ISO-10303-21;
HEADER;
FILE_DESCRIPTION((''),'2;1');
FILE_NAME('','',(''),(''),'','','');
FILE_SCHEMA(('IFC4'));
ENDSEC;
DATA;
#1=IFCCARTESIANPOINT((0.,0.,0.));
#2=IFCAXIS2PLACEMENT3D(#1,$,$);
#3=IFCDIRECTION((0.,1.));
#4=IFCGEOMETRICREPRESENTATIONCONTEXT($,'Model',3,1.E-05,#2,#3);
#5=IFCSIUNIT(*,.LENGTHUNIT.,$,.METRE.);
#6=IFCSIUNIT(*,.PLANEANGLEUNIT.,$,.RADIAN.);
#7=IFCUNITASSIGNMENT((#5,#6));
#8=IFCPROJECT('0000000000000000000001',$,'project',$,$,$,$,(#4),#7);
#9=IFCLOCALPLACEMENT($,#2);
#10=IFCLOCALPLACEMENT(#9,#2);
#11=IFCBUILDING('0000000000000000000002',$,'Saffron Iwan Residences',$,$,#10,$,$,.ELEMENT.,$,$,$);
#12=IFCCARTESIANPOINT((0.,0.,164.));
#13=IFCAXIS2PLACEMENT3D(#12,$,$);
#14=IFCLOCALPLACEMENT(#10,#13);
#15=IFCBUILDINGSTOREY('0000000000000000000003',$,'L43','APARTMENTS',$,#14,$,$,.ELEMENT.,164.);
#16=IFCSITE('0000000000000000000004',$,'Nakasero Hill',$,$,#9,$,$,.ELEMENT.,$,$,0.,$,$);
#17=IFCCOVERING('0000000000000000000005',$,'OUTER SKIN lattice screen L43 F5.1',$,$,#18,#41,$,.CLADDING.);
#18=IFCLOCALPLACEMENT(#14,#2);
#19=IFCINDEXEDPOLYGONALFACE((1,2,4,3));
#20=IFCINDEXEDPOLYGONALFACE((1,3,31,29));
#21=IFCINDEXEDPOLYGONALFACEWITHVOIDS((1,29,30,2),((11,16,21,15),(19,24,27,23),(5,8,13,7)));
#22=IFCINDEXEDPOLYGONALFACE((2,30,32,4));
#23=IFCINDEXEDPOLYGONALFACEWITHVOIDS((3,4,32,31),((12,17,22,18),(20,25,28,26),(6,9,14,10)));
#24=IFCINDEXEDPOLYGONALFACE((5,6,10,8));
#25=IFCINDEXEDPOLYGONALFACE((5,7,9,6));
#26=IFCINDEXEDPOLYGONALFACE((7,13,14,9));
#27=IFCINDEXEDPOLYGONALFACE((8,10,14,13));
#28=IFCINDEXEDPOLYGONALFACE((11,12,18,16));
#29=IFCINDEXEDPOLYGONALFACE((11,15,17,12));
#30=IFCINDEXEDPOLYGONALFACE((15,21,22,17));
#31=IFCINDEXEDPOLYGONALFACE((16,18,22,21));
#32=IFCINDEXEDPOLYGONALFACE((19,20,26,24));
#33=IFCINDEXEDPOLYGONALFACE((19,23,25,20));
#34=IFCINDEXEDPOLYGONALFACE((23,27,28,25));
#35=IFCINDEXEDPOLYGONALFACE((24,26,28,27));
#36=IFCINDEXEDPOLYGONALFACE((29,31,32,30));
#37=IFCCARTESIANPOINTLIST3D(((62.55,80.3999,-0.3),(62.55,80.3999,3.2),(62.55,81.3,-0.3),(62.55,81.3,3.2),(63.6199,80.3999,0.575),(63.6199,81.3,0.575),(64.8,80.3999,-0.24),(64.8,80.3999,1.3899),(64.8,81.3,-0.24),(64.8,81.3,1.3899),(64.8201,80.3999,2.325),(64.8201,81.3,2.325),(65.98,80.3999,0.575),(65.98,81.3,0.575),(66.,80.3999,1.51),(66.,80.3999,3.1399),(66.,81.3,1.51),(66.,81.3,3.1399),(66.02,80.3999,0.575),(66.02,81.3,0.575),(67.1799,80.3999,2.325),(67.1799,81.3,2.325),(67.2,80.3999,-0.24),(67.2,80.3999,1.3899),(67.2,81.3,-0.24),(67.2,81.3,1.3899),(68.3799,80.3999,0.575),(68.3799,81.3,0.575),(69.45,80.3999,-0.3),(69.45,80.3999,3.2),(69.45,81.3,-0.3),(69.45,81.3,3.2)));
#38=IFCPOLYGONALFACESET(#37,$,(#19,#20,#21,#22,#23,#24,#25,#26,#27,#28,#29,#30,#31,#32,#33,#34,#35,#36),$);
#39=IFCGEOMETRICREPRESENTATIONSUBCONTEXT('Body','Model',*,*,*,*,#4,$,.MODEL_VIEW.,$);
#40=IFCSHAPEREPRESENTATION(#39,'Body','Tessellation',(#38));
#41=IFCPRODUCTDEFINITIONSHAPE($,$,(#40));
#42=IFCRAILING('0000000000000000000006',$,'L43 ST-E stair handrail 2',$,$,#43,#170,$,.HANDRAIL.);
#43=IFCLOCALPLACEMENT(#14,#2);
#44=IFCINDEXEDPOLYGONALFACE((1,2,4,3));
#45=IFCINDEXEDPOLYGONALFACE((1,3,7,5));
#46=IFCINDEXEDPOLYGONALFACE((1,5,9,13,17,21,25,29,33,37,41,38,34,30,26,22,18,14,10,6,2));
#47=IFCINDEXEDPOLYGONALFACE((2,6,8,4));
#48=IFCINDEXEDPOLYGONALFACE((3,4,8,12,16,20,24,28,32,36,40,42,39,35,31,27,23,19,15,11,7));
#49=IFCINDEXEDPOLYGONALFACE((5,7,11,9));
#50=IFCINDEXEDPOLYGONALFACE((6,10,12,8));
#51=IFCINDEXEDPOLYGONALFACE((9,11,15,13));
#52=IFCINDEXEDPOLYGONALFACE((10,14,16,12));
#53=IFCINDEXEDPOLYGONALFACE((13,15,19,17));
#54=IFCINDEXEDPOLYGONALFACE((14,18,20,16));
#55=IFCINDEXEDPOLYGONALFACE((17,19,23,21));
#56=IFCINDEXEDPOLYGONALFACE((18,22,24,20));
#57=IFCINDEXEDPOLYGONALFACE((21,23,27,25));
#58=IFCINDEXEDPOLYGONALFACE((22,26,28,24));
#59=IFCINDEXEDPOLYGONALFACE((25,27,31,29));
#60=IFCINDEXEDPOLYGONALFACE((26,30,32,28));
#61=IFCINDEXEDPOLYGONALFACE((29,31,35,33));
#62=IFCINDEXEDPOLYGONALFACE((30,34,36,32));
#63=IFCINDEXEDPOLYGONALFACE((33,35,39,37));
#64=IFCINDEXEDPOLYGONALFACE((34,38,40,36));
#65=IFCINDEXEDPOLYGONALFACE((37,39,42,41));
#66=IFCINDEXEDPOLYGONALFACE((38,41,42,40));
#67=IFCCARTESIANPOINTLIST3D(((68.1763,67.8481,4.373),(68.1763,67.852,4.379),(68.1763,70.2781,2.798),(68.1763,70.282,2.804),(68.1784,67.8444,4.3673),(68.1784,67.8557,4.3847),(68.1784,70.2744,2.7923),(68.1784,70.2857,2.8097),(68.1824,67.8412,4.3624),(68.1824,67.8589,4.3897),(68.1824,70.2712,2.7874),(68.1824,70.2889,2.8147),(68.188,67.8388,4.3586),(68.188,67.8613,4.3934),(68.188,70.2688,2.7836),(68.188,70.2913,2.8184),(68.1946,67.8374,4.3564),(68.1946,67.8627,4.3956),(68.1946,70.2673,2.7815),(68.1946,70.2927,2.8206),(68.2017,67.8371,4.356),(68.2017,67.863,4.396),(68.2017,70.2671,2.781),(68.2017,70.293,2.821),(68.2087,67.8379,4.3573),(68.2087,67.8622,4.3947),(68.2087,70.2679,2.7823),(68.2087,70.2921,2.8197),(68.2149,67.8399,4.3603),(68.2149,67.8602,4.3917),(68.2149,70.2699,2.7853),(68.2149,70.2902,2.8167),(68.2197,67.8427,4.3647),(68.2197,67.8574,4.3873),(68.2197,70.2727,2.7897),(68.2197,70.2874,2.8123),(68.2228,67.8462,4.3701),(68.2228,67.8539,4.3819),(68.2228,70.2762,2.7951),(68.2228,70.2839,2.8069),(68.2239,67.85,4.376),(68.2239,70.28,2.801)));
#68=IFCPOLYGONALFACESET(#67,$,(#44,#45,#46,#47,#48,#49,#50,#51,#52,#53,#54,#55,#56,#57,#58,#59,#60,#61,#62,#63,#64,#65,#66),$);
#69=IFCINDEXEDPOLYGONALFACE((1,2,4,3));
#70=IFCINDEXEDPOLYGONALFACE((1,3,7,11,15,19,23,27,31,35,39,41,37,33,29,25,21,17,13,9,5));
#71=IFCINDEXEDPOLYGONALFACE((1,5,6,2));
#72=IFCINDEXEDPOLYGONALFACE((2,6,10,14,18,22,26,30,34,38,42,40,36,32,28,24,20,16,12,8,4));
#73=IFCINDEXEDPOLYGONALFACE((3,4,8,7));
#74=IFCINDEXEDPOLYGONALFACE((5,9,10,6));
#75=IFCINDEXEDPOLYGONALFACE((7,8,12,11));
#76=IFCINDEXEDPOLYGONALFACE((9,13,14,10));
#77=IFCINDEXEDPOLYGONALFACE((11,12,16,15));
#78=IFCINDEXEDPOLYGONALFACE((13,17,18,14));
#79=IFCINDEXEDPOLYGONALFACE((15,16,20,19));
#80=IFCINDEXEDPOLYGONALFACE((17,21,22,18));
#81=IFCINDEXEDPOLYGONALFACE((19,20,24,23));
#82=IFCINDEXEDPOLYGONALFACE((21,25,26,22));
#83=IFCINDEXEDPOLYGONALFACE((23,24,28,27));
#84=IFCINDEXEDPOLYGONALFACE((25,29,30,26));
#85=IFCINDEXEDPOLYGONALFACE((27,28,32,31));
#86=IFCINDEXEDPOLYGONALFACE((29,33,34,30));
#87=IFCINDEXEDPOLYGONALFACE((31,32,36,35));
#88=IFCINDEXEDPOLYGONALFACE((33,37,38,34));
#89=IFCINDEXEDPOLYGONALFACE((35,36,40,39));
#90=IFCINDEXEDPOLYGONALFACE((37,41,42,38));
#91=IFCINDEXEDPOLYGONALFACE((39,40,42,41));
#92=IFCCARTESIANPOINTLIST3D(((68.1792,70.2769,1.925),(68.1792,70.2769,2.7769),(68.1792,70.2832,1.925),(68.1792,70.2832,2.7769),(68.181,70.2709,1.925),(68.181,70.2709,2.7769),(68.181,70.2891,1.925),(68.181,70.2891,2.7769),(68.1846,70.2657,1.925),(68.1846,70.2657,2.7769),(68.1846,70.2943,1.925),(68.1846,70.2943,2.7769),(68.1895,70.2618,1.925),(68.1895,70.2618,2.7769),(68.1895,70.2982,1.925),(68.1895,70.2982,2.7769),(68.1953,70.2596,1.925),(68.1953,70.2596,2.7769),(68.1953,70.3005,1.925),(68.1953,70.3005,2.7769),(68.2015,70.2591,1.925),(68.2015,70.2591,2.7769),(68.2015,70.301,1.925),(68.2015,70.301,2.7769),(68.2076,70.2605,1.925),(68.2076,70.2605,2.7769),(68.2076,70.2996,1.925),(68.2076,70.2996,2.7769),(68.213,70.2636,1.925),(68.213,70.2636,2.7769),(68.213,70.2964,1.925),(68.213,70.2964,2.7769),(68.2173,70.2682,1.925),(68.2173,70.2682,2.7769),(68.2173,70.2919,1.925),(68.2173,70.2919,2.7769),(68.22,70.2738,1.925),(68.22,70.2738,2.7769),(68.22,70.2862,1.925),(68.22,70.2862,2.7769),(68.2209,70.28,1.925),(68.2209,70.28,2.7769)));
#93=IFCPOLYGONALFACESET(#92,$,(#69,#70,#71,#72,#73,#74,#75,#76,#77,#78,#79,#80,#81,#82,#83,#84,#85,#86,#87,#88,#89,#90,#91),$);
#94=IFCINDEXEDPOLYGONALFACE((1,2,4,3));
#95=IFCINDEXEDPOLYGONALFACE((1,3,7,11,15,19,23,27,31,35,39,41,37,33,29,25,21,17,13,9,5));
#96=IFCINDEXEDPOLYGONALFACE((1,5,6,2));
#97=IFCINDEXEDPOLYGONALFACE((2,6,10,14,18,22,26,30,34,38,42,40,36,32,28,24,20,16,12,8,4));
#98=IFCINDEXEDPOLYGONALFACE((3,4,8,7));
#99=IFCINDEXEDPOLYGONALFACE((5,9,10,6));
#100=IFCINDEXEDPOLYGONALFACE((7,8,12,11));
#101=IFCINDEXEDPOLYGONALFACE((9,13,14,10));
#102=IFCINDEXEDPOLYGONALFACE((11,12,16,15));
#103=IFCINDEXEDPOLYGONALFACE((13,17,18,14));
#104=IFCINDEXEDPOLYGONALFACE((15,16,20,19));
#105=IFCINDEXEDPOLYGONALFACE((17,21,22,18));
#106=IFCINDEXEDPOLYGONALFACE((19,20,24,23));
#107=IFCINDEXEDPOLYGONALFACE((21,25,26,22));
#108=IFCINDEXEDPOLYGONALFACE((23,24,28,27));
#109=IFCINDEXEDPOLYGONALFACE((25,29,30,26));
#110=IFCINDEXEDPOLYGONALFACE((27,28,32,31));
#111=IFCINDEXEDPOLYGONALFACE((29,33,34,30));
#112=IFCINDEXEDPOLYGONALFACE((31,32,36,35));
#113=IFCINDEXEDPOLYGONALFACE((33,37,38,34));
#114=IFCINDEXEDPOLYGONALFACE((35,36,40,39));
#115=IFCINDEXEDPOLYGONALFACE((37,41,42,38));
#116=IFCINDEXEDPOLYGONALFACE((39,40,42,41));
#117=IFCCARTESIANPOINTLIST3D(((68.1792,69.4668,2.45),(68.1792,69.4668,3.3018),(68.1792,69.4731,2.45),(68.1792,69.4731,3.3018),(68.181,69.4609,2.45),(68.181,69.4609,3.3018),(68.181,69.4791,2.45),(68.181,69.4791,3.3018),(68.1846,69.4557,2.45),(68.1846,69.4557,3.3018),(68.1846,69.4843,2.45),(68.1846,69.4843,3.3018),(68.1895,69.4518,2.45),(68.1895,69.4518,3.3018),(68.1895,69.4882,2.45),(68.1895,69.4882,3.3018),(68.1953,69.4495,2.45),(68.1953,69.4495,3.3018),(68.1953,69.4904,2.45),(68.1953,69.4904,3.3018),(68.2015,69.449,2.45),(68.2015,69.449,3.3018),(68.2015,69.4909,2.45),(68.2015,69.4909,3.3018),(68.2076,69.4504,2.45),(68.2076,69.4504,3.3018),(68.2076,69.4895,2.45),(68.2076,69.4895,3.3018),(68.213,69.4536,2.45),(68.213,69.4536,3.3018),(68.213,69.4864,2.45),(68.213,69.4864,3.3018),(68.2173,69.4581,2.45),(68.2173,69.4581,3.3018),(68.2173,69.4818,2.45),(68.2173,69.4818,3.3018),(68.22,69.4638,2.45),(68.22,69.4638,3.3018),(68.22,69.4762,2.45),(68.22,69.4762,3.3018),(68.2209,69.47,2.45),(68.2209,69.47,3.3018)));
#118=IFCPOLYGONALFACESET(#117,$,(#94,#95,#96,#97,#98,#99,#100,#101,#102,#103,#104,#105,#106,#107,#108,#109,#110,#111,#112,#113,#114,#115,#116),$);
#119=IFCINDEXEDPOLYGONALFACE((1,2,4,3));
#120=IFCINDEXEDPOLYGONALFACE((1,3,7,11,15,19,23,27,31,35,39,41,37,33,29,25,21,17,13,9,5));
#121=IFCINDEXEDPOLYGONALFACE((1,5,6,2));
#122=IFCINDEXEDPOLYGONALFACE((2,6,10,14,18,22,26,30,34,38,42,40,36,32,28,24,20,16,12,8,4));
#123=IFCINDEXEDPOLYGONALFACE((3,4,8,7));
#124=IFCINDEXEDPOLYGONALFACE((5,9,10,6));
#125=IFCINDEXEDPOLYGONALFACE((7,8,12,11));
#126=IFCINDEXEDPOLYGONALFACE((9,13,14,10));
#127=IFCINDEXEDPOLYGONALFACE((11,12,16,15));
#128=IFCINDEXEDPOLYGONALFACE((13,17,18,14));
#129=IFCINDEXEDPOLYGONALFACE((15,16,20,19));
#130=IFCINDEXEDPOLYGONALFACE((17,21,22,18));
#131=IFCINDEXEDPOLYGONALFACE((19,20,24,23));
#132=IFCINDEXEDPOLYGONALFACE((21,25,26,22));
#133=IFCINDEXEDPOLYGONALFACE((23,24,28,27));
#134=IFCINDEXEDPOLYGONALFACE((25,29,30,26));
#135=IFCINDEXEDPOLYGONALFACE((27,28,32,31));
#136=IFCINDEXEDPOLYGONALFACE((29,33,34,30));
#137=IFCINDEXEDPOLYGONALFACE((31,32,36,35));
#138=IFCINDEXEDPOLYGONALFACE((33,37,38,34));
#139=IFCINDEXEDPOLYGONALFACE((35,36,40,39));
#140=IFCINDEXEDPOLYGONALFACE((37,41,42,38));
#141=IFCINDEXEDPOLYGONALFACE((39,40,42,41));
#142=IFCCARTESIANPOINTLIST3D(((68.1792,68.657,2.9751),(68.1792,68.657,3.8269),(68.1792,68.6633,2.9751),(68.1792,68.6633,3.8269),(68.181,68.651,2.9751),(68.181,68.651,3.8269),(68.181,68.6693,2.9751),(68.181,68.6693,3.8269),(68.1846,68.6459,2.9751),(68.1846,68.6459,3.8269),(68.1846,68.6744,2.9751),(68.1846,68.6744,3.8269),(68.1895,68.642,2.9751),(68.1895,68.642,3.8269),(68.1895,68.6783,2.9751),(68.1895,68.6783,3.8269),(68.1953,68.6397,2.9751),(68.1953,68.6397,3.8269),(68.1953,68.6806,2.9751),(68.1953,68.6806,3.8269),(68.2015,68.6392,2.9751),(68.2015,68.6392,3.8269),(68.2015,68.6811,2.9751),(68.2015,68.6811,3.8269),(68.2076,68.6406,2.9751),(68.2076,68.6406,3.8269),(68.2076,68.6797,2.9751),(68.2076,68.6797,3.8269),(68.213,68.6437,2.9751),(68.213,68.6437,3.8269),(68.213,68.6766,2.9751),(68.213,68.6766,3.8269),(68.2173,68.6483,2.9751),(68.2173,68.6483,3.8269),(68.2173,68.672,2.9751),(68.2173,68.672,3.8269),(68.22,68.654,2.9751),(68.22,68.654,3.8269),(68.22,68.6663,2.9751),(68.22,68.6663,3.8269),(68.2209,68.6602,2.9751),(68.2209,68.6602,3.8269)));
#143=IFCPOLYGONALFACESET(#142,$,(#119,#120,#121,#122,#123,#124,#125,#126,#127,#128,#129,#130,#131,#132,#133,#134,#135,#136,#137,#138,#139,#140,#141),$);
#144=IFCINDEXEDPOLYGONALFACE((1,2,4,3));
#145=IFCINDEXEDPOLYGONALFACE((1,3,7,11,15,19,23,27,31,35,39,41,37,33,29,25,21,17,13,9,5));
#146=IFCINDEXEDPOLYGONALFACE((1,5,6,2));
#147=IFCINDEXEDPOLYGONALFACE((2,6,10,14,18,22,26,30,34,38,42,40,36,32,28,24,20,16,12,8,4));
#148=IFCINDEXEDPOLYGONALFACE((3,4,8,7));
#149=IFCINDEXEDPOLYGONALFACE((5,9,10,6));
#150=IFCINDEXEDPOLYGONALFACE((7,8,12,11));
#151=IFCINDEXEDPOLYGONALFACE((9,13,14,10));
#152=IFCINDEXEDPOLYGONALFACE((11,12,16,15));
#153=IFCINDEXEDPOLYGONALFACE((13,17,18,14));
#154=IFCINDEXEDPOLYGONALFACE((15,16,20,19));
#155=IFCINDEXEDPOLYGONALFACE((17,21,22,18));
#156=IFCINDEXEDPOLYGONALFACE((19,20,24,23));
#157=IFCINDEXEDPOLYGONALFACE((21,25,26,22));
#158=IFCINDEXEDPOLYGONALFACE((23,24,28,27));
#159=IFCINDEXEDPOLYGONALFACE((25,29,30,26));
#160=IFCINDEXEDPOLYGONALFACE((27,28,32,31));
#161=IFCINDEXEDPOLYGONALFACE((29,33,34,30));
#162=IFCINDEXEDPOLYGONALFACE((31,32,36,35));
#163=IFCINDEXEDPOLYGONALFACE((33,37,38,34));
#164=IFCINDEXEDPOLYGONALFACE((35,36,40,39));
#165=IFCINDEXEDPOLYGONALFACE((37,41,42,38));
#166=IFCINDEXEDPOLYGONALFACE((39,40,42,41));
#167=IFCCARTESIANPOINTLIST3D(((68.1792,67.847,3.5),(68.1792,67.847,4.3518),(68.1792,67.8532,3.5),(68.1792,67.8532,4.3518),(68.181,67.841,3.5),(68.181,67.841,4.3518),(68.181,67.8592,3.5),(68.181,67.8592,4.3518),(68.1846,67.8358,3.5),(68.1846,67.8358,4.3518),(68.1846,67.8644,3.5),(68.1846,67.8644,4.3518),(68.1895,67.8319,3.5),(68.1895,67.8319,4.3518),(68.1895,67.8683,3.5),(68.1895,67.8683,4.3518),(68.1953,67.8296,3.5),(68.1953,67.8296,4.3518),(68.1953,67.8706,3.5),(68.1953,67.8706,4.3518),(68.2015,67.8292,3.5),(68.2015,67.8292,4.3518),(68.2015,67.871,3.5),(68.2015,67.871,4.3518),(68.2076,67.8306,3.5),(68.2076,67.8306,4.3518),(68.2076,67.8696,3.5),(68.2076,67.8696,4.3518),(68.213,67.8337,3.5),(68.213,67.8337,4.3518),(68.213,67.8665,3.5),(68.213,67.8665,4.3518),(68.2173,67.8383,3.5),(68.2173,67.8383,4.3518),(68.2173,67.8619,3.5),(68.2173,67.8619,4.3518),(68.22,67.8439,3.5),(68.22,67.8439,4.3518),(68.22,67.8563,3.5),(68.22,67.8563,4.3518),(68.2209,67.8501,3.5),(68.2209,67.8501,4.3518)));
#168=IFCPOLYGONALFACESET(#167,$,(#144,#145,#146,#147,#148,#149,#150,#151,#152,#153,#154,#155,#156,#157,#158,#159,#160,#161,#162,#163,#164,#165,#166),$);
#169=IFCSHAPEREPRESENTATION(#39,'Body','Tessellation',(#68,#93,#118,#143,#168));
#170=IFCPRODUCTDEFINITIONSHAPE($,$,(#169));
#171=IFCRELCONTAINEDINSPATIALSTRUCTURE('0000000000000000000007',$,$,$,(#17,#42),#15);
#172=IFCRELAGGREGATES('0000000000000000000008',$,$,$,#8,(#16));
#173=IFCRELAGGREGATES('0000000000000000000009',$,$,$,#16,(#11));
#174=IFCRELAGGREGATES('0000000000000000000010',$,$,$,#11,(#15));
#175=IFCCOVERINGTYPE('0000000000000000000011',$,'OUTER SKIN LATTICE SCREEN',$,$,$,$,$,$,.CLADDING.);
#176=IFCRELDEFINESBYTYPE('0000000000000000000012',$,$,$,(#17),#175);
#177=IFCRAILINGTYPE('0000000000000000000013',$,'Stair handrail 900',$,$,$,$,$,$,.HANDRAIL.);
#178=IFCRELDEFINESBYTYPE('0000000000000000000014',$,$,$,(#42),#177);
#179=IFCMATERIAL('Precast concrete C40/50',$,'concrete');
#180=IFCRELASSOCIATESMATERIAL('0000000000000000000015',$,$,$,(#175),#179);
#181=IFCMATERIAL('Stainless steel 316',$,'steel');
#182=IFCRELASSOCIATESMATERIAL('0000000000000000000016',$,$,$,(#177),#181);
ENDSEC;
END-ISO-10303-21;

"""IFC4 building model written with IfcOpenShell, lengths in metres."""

from ifc_helpers import new_model, si_unit, direction, frame, origin, origin_2d, place, context, subcontext, project, spatial, polyline, circle, outline, extrude, material, type_object, element, save


model = new_model("IFC4")

# Units and contexts
model_context = context("Model", 3, precision=1e-05, world=origin(), true_north=direction((0.0, 1.0)))
body_context = subcontext(model_context, "Body", "Model", "MODEL_VIEW")
ifc_project = project(units=[si_unit("LENGTHUNIT", "METRE"), si_unit("PLANEANGLEUNIT", "RADIAN")], contexts=[model_context])

# Site, building, storey
site_placement = place(None, origin())
site = spatial("IfcSite", under=ifc_project, at=site_placement, Name="Nakasero Hill", CompositionType="ELEMENT", RefElevation=0.0)
building_placement = place(site_placement, origin())
building = spatial("IfcBuilding", under=site, at=building_placement, Name="Saffron Iwan Residences", CompositionType="ELEMENT")
storey_placement = place(building_placement, frame((0.0, 0.0, 164.0)))
storey = spatial("IfcBuildingStorey", under=building, at=storey_placement, Name="L43", Description="APARTMENTS", CompositionType="ELEMENT", Elevation=164.0)

# Shared definitions
ifc_material_1 = material(Name="Stainless steel 316", Category="steel")

# Covering
ifc_material_2 = material(Name="Precast concrete C40/50", Category="concrete")
covering_type = type_object("IfcCoveringType", Name="OUTER SKIN LATTICE SCREEN", PredefinedType="CLADDING", material=ifc_material_2)
covering_placement = place(storey_placement, frame((69.45, 80.3999, -0.3), z_axis=(0.0, 1.0, 0.0), x_axis=(-1.0, 0.0, 0.0)))
element("IfcCovering", 1, at=covering_placement, inside=storey, type_object=covering_type, Name="OUTER SKIN lattice screen L43 F5.1", PredefinedType="CLADDING", context=body_context, shape_type="SweptSolid", body=[
    extrude(outline(polyline([(0.0, 0.0), (6.8999, 0.0), (6.8999, 3.5), (0.0, 3.5), (0.0, 0.0)]), holes=[polyline([(1.0701, 0.875), (2.25, 0.0601), (3.4299, 0.875), (2.25, 1.6899), (1.0701, 0.875)]), polyline([(3.47, 0.875), (4.6499, 0.0601), (5.8301, 0.875), (4.6499, 1.6899), (3.47, 0.875)]), polyline([(2.27, 2.625), (3.45, 1.8101), (4.6299, 2.625), (3.45, 3.4399), (2.27, 2.625)])]), origin(), (0.0, 0.0, 1.0), 0.9001),
])

# Railing
railing_type_1 = type_object("IfcRailingType", Name="Stair handrail 900", PredefinedType="HANDRAIL", material=ifc_material_1)
railing_1_placement = place(storey_placement, frame((68.2, 70.28, 1.925)))
element("IfcRailing", 2, at=railing_1_placement, inside=storey, type_object=railing_type_1, Name="L43 ST-E stair handrail 2", PredefinedType="HANDRAIL", context=body_context, shape_type="SweptSolid", body=[
    extrude(circle(Radius=0.0239, at=origin_2d()), frame((0.0, 0.0, 0.876), z_axis=(0.0, -0.839154, 0.543894), x_axis=(1.0, 0.0, 0.0)), (0.0, 0.0, 1.0), 2.8958),
    extrude(circle(Radius=0.021, at=origin_2d()), origin(), (0.0, 0.0, 1.0), 0.8518),
    extrude(circle(Radius=0.021, at=origin_2d()), frame((0.0, -0.8101, 0.5249)), (0.0, 0.0, 1.0), 0.8518),
    extrude(circle(Radius=0.021, at=origin_2d()), frame((0.0, -1.6199, 1.05)), (0.0, 0.0, 1.0), 0.8518),
    extrude(circle(Radius=0.021, at=origin_2d()), frame((0.0, -2.4299, 1.575)), (0.0, 0.0, 1.0), 0.8518),
])

save(model, "model.ifc")
